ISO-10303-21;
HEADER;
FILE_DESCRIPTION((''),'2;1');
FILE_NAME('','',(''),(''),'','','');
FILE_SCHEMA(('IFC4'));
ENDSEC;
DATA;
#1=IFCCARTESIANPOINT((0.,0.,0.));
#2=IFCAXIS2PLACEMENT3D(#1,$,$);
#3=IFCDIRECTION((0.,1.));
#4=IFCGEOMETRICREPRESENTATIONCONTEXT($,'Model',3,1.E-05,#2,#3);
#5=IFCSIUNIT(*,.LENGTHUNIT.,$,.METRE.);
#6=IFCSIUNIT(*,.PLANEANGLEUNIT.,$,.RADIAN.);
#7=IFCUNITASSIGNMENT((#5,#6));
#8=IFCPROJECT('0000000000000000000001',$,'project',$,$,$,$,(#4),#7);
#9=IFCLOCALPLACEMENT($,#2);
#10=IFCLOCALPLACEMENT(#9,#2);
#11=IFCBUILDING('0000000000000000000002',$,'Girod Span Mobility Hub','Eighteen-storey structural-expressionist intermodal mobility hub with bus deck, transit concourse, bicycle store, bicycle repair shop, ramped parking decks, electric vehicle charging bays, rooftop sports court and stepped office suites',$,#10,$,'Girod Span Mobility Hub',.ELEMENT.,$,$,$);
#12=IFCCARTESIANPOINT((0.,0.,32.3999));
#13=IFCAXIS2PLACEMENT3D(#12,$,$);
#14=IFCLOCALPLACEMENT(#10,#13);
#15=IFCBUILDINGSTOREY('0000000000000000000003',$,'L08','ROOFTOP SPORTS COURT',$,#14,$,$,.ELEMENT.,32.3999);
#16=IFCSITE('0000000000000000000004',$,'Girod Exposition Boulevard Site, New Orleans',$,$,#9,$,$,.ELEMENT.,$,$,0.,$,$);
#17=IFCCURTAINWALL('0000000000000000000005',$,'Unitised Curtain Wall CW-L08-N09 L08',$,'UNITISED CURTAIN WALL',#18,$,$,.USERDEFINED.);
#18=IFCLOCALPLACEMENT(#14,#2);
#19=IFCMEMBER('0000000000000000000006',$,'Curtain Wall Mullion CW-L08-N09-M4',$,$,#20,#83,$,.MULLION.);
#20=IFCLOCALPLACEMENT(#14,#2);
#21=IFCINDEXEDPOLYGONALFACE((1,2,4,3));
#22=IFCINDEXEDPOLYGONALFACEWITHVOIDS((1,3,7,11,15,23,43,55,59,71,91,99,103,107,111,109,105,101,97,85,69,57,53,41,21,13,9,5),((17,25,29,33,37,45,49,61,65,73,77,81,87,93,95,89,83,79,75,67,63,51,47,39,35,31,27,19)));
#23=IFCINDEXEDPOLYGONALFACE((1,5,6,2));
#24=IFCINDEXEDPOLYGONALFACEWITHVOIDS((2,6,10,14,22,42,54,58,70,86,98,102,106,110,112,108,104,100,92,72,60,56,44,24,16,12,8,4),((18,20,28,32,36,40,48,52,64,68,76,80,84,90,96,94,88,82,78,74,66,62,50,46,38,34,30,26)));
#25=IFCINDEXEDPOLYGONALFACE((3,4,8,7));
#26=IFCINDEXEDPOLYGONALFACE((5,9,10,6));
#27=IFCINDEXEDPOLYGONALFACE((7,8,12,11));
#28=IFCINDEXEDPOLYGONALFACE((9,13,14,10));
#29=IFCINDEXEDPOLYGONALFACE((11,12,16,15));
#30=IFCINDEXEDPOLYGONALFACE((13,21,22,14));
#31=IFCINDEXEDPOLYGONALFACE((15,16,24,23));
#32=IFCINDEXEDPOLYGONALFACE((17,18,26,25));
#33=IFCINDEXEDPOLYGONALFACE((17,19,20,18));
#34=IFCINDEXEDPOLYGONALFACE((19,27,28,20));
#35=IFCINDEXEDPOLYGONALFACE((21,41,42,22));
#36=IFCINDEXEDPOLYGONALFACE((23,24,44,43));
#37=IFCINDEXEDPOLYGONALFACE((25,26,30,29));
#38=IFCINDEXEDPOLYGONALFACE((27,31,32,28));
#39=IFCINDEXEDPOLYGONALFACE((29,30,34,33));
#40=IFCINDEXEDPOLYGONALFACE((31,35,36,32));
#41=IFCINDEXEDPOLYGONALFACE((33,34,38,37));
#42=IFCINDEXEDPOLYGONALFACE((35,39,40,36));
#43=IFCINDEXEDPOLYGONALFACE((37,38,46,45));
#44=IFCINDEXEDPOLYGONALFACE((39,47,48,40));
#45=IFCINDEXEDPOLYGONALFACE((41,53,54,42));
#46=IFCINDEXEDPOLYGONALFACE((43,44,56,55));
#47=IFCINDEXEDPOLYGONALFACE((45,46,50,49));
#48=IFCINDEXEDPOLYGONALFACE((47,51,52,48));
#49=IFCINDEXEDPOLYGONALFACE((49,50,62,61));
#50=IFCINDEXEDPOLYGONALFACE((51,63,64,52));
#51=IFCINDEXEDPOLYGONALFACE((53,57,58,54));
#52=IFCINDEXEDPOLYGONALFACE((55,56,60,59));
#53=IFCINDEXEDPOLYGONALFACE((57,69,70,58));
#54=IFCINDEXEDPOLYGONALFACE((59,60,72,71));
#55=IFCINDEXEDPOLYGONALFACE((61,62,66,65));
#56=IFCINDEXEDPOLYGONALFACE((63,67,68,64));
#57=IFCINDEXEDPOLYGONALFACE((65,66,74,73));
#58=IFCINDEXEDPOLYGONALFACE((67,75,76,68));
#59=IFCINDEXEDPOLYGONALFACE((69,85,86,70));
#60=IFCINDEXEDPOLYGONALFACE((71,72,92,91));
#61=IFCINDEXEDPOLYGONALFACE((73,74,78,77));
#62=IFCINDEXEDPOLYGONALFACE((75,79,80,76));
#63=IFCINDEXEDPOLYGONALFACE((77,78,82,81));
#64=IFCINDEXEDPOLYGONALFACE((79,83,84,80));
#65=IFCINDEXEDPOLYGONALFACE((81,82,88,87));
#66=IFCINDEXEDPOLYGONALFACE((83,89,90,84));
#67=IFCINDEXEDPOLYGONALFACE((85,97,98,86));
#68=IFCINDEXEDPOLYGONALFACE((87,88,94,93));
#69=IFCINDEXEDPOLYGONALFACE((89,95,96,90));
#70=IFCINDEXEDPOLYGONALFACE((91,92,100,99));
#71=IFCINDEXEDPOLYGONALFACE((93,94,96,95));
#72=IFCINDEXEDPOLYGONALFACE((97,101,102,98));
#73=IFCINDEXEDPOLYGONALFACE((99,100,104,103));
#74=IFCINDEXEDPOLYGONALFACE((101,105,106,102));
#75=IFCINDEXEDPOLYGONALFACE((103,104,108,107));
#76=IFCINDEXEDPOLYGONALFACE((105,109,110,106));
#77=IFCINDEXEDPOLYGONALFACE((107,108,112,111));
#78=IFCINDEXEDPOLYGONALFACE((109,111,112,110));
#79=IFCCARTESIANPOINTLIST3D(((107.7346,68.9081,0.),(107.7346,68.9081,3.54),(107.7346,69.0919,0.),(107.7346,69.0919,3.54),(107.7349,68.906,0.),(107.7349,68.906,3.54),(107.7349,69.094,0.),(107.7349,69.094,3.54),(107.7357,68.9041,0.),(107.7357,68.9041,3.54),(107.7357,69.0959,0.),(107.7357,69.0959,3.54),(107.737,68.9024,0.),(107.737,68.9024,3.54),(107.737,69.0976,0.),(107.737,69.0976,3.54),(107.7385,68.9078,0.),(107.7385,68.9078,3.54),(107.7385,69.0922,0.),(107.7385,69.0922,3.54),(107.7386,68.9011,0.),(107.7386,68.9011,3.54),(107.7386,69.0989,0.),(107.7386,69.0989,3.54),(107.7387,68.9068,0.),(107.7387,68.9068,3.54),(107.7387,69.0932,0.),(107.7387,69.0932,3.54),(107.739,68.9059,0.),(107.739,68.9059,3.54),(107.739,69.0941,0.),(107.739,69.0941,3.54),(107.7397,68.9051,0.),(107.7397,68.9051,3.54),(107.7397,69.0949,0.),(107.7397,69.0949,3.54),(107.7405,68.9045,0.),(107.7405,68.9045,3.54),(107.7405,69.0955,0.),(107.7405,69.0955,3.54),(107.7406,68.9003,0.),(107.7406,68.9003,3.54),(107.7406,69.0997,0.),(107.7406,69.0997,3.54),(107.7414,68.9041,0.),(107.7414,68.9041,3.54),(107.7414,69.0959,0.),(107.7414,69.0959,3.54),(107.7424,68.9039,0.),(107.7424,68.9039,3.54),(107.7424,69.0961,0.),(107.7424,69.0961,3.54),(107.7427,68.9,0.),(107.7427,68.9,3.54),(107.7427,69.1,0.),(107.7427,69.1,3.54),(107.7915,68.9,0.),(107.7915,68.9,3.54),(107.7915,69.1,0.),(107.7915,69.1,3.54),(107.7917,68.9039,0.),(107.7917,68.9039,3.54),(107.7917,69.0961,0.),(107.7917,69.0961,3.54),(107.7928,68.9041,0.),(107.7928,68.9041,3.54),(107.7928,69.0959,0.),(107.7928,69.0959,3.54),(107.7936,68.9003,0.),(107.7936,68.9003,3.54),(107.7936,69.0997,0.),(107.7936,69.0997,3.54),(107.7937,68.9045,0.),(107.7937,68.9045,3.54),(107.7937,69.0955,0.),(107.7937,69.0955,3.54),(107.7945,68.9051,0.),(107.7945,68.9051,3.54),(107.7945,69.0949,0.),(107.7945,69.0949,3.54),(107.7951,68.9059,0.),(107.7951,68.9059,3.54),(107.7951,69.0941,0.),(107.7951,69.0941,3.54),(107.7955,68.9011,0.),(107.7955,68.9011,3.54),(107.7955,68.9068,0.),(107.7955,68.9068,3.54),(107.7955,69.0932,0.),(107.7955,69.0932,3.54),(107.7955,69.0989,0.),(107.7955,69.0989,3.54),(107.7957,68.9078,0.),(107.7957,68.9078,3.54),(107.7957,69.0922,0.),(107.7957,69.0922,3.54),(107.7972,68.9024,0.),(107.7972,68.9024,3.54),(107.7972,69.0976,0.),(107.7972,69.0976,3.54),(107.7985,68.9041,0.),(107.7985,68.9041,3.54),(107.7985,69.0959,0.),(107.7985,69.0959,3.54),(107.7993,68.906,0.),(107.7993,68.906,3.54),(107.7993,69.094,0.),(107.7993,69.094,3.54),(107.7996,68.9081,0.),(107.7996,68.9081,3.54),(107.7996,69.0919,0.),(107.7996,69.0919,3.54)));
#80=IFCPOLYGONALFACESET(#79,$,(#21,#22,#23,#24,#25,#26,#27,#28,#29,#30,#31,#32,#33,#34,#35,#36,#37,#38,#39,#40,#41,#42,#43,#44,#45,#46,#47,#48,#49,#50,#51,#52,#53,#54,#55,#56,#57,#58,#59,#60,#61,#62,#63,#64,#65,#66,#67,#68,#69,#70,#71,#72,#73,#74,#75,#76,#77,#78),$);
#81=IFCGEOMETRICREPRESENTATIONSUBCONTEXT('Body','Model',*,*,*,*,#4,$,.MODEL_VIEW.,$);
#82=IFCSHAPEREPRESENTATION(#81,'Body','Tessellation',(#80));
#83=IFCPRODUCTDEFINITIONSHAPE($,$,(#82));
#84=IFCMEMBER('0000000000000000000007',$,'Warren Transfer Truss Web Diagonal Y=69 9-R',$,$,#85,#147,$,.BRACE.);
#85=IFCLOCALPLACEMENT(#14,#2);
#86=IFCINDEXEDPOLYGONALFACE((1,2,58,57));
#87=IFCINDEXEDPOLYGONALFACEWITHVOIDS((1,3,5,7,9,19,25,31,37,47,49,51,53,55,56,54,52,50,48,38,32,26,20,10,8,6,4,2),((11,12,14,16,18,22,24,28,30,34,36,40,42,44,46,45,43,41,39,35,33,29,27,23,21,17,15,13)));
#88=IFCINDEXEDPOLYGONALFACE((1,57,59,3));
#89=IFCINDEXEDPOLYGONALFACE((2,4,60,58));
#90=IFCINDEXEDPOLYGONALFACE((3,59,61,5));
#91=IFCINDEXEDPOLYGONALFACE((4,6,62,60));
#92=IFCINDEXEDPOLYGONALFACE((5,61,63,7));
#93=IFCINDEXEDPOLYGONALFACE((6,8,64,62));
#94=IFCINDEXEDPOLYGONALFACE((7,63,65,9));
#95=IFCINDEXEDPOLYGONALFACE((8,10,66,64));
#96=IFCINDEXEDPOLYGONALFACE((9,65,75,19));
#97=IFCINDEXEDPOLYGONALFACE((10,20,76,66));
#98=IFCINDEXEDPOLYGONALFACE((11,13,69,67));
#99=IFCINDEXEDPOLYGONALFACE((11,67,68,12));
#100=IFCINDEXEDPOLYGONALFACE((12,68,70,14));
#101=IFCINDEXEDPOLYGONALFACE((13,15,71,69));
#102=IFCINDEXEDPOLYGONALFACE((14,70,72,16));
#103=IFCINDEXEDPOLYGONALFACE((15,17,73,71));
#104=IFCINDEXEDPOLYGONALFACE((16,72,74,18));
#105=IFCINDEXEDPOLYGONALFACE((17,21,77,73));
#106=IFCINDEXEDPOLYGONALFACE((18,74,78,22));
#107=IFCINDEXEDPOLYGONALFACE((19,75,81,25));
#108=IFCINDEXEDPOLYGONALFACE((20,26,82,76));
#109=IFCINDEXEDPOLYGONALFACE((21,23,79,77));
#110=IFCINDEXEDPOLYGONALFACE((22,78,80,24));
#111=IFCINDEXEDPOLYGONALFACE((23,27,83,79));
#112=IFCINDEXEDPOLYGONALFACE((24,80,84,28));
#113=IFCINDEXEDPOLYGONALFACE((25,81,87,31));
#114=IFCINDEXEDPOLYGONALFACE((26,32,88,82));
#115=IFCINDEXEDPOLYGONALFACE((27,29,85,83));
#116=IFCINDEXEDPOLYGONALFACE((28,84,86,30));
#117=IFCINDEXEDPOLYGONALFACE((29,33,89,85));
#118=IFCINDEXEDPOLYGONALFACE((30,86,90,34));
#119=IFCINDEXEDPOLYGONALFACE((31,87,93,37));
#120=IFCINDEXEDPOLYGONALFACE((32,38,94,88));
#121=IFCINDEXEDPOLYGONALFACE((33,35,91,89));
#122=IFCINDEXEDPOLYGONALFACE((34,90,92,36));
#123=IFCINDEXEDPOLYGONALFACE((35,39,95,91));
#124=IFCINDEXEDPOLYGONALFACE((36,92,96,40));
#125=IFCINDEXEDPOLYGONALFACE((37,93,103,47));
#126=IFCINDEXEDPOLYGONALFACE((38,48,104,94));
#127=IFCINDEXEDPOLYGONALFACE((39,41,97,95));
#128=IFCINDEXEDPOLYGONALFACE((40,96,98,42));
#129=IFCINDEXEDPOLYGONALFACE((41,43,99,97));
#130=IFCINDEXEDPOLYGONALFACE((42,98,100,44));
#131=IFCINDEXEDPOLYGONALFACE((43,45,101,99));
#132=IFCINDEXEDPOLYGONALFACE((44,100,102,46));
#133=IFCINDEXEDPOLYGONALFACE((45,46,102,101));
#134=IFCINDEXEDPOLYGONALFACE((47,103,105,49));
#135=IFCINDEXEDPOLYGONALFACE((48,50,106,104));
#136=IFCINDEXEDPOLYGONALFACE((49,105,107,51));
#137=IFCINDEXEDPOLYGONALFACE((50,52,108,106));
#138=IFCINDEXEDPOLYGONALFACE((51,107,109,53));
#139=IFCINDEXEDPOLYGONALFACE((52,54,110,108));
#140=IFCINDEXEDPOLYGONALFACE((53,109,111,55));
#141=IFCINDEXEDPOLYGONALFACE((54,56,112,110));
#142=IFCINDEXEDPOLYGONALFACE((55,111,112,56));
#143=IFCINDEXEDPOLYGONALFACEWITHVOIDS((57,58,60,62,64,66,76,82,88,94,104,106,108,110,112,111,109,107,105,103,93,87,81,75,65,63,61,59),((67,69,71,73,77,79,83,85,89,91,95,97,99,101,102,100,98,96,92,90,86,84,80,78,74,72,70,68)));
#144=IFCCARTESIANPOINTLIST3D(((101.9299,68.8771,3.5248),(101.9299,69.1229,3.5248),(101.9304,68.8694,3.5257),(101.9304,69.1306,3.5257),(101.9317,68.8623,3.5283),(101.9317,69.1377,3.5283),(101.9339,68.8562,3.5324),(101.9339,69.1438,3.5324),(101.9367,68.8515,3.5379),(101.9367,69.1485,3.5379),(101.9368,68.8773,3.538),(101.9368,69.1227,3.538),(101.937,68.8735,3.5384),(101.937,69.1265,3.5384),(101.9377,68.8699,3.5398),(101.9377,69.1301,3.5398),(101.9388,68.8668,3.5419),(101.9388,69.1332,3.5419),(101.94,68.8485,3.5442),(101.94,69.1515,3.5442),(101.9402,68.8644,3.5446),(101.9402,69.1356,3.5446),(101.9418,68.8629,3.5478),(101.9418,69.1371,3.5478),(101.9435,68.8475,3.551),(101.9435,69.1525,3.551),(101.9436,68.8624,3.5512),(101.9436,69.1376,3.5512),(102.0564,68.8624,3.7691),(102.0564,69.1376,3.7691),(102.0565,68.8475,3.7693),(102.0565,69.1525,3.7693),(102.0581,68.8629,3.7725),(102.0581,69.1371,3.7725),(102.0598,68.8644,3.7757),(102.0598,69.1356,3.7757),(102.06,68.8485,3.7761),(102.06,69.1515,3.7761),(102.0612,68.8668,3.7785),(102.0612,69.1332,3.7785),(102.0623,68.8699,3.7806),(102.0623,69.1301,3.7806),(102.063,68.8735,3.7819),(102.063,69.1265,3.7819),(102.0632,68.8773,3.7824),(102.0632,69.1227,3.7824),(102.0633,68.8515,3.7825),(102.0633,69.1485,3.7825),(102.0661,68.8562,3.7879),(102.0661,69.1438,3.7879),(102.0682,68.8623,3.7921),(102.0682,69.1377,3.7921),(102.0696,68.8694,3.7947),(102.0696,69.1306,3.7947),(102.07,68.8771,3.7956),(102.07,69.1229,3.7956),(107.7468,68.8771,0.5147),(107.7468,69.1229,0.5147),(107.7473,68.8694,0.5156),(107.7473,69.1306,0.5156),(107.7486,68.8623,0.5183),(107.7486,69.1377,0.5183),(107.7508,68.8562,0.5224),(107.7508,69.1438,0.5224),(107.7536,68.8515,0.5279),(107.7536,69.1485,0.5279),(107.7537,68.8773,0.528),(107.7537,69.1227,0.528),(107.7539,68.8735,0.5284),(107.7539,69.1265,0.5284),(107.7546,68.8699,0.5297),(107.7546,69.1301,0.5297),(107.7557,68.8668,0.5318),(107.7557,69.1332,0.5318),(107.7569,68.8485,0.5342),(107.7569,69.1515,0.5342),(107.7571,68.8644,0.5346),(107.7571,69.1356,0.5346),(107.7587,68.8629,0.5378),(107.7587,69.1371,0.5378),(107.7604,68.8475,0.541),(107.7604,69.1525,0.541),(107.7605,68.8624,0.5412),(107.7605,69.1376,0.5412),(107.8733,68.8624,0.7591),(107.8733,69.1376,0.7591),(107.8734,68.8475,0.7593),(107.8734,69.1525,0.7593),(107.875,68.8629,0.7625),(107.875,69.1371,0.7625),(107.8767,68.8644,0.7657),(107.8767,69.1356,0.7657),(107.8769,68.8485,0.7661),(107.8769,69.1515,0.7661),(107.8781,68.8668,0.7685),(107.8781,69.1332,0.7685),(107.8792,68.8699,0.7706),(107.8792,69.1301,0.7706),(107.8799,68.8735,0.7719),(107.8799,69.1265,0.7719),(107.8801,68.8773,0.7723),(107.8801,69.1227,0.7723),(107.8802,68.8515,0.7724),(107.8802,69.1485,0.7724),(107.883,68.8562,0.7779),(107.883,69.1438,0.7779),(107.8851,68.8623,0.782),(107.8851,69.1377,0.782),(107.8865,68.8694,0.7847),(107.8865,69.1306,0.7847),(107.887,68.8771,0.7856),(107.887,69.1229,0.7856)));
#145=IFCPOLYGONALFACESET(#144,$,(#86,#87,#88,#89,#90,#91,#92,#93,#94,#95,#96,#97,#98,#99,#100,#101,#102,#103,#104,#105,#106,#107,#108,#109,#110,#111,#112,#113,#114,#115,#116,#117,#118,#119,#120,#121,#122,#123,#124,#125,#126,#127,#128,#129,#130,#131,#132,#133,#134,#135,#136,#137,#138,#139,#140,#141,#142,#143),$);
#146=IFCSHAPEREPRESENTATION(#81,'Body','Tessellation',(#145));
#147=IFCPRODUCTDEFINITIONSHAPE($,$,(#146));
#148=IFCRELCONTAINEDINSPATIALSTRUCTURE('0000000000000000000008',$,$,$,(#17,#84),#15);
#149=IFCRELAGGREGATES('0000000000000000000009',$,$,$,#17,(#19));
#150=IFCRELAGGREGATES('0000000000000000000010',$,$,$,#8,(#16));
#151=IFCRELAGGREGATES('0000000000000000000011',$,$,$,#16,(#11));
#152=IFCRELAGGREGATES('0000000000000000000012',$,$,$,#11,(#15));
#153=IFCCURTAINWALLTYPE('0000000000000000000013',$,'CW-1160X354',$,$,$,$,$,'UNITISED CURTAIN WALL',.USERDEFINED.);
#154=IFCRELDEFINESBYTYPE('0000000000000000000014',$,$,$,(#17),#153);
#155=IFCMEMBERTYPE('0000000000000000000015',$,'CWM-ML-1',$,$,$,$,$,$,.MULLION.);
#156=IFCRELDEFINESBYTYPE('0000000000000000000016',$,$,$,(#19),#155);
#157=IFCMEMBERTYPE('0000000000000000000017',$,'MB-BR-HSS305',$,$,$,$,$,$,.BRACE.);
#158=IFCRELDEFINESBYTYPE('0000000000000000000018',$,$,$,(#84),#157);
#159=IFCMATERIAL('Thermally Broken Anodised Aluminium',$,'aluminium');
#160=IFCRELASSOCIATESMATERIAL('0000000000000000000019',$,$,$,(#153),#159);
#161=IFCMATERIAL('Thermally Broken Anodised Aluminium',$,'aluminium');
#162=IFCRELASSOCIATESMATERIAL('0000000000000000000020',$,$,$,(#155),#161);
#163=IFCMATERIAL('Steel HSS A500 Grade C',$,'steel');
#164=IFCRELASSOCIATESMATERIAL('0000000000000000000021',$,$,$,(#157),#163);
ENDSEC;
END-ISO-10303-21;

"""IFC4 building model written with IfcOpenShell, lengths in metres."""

from ifc_helpers import new_model, si_unit, direction, frame, origin, origin_2d, place, context, subcontext, project, spatial, hollow_rectangle, extrude, material, material_profile, profile_set, type_object, element, aggregate, save


model = new_model("IFC4")

# Units and contexts
model_context = context("Model", 3, precision=1e-05, world=origin(), true_north=direction((0.0, 1.0)))
body_context = subcontext(model_context, "Body", "Model", "MODEL_VIEW")
ifc_project = project(units=[si_unit("LENGTHUNIT", "METRE"), si_unit("PLANEANGLEUNIT", "RADIAN")], contexts=[model_context])

# Site, building, storey
site_placement = place(None, origin())
site = spatial("IfcSite", under=ifc_project, at=site_placement, Name="Girod Exposition Boulevard Site, New Orleans", CompositionType="ELEMENT", RefElevation=0.0)
building_placement = place(site_placement, origin())
building = spatial("IfcBuilding", under=site, at=building_placement, Name="Girod Span Mobility Hub", Description="Eighteen-storey structural-expressionist intermodal mobility hub with bus deck, transit concourse, bicycle store, bicycle repair shop, ramped parking decks, electric vehicle charging bays, rooftop sports court and stepped office suites", LongName="Girod Span Mobility Hub", CompositionType="ELEMENT")
storey_placement = place(building_placement, frame((0.0, 0.0, 32.3999)))
storey = spatial("IfcBuildingStorey", under=building, at=storey_placement, Name="L08", Description="ROOFTOP SPORTS COURT", CompositionType="ELEMENT", Elevation=32.3999)

# Curtain wall, member
ifc_material_1 = material(Name="Thermally Broken Anodised Aluminium", Category="aluminium")
curtain_wall_type = type_object("IfcCurtainWallType", Name="CW-1160X354", ElementType="UNITISED CURTAIN WALL", PredefinedType="USERDEFINED", material=ifc_material_1)
curtain_wall_placement = place(storey_placement, origin())
curtain_wall = element("IfcCurtainWall", 1, at=curtain_wall_placement, inside=storey, type_object=curtain_wall_type, Name="Unitised Curtain Wall CW-L08-N09 L08", ObjectType="UNITISED CURTAIN WALL", PredefinedType="USERDEFINED")
ifc_material_2 = material(Name="Thermally Broken Anodised Aluminium", Category="aluminium")
ifc_material_profile_1 = material_profile(ifc_material_2, hollow_rectangle(XDim=0.2, YDim=0.0649, WallThickness=0.0039, InnerFilletRadius=0.0039, OuterFilletRadius=0.0081, at=origin_2d()), Name="CW-ML-65X200")
ifc_profile_set_1 = profile_set([ifc_material_profile_1], Name="Thermally Broken Anodised Aluminium")
member_type_1 = type_object("IfcMemberType", Name="CWM-ML-1", PredefinedType="MULLION", material=ifc_profile_set_1)
member_1_placement = place(storey_placement, frame((107.7671, 69.0, 0.0), z_axis=(0.0, 0.0, 1.0), x_axis=(0.0, 1.0, 0.0)))
member_1 = element("IfcMember", 2, at=member_1_placement, type_object=member_type_1, Name="Curtain Wall Mullion CW-L08-N09-M4", PredefinedType="MULLION", context=body_context, shape_type="SweptSolid", body=[
    extrude(hollow_rectangle(XDim=0.2, YDim=0.0649, WallThickness=0.0039, InnerFilletRadius=0.0039, OuterFilletRadius=0.0081, at=origin_2d()), origin(), (0.0, 0.0, 1.0), 3.54),
])

# Member
ifc_material_3 = material(Name="Steel HSS A500 Grade C", Category="steel")
ifc_material_profile_2 = material_profile(ifc_material_3, hollow_rectangle(XDim=0.3049, YDim=0.3049, WallThickness=0.0149, InnerFilletRadius=0.0149, OuterFilletRadius=0.0295, at=origin_2d()), Name="HSS305X305X16")
ifc_profile_set_2 = profile_set([ifc_material_profile_2], Name="Steel HSS A500 Grade C")
member_type_2 = type_object("IfcMemberType", Name="MB-BR-HSS305", PredefinedType="BRACE", material=ifc_profile_set_2)
member_2_placement = place(storey_placement, frame((107.8169, 69.0, 0.6501), z_axis=(-0.888138, 0.0, 0.459576), x_axis=(0.0, -1.0, 0.0)))
element("IfcMember", 3, at=member_2_placement, inside=storey, type_object=member_type_2, Name="Warren Transfer Truss Web Diagonal Y=69 9-R", PredefinedType="BRACE", context=body_context, shape_type="SweptSolid", body=[
    extrude(hollow_rectangle(XDim=0.3049, YDim=0.3049, WallThickness=0.0149, InnerFilletRadius=0.0149, OuterFilletRadius=0.0295, at=origin_2d()), origin(), (0.0, 0.0, 1.0), 6.5496),
])

aggregate(curtain_wall, [member_1])

save(model, "model.ifc")
